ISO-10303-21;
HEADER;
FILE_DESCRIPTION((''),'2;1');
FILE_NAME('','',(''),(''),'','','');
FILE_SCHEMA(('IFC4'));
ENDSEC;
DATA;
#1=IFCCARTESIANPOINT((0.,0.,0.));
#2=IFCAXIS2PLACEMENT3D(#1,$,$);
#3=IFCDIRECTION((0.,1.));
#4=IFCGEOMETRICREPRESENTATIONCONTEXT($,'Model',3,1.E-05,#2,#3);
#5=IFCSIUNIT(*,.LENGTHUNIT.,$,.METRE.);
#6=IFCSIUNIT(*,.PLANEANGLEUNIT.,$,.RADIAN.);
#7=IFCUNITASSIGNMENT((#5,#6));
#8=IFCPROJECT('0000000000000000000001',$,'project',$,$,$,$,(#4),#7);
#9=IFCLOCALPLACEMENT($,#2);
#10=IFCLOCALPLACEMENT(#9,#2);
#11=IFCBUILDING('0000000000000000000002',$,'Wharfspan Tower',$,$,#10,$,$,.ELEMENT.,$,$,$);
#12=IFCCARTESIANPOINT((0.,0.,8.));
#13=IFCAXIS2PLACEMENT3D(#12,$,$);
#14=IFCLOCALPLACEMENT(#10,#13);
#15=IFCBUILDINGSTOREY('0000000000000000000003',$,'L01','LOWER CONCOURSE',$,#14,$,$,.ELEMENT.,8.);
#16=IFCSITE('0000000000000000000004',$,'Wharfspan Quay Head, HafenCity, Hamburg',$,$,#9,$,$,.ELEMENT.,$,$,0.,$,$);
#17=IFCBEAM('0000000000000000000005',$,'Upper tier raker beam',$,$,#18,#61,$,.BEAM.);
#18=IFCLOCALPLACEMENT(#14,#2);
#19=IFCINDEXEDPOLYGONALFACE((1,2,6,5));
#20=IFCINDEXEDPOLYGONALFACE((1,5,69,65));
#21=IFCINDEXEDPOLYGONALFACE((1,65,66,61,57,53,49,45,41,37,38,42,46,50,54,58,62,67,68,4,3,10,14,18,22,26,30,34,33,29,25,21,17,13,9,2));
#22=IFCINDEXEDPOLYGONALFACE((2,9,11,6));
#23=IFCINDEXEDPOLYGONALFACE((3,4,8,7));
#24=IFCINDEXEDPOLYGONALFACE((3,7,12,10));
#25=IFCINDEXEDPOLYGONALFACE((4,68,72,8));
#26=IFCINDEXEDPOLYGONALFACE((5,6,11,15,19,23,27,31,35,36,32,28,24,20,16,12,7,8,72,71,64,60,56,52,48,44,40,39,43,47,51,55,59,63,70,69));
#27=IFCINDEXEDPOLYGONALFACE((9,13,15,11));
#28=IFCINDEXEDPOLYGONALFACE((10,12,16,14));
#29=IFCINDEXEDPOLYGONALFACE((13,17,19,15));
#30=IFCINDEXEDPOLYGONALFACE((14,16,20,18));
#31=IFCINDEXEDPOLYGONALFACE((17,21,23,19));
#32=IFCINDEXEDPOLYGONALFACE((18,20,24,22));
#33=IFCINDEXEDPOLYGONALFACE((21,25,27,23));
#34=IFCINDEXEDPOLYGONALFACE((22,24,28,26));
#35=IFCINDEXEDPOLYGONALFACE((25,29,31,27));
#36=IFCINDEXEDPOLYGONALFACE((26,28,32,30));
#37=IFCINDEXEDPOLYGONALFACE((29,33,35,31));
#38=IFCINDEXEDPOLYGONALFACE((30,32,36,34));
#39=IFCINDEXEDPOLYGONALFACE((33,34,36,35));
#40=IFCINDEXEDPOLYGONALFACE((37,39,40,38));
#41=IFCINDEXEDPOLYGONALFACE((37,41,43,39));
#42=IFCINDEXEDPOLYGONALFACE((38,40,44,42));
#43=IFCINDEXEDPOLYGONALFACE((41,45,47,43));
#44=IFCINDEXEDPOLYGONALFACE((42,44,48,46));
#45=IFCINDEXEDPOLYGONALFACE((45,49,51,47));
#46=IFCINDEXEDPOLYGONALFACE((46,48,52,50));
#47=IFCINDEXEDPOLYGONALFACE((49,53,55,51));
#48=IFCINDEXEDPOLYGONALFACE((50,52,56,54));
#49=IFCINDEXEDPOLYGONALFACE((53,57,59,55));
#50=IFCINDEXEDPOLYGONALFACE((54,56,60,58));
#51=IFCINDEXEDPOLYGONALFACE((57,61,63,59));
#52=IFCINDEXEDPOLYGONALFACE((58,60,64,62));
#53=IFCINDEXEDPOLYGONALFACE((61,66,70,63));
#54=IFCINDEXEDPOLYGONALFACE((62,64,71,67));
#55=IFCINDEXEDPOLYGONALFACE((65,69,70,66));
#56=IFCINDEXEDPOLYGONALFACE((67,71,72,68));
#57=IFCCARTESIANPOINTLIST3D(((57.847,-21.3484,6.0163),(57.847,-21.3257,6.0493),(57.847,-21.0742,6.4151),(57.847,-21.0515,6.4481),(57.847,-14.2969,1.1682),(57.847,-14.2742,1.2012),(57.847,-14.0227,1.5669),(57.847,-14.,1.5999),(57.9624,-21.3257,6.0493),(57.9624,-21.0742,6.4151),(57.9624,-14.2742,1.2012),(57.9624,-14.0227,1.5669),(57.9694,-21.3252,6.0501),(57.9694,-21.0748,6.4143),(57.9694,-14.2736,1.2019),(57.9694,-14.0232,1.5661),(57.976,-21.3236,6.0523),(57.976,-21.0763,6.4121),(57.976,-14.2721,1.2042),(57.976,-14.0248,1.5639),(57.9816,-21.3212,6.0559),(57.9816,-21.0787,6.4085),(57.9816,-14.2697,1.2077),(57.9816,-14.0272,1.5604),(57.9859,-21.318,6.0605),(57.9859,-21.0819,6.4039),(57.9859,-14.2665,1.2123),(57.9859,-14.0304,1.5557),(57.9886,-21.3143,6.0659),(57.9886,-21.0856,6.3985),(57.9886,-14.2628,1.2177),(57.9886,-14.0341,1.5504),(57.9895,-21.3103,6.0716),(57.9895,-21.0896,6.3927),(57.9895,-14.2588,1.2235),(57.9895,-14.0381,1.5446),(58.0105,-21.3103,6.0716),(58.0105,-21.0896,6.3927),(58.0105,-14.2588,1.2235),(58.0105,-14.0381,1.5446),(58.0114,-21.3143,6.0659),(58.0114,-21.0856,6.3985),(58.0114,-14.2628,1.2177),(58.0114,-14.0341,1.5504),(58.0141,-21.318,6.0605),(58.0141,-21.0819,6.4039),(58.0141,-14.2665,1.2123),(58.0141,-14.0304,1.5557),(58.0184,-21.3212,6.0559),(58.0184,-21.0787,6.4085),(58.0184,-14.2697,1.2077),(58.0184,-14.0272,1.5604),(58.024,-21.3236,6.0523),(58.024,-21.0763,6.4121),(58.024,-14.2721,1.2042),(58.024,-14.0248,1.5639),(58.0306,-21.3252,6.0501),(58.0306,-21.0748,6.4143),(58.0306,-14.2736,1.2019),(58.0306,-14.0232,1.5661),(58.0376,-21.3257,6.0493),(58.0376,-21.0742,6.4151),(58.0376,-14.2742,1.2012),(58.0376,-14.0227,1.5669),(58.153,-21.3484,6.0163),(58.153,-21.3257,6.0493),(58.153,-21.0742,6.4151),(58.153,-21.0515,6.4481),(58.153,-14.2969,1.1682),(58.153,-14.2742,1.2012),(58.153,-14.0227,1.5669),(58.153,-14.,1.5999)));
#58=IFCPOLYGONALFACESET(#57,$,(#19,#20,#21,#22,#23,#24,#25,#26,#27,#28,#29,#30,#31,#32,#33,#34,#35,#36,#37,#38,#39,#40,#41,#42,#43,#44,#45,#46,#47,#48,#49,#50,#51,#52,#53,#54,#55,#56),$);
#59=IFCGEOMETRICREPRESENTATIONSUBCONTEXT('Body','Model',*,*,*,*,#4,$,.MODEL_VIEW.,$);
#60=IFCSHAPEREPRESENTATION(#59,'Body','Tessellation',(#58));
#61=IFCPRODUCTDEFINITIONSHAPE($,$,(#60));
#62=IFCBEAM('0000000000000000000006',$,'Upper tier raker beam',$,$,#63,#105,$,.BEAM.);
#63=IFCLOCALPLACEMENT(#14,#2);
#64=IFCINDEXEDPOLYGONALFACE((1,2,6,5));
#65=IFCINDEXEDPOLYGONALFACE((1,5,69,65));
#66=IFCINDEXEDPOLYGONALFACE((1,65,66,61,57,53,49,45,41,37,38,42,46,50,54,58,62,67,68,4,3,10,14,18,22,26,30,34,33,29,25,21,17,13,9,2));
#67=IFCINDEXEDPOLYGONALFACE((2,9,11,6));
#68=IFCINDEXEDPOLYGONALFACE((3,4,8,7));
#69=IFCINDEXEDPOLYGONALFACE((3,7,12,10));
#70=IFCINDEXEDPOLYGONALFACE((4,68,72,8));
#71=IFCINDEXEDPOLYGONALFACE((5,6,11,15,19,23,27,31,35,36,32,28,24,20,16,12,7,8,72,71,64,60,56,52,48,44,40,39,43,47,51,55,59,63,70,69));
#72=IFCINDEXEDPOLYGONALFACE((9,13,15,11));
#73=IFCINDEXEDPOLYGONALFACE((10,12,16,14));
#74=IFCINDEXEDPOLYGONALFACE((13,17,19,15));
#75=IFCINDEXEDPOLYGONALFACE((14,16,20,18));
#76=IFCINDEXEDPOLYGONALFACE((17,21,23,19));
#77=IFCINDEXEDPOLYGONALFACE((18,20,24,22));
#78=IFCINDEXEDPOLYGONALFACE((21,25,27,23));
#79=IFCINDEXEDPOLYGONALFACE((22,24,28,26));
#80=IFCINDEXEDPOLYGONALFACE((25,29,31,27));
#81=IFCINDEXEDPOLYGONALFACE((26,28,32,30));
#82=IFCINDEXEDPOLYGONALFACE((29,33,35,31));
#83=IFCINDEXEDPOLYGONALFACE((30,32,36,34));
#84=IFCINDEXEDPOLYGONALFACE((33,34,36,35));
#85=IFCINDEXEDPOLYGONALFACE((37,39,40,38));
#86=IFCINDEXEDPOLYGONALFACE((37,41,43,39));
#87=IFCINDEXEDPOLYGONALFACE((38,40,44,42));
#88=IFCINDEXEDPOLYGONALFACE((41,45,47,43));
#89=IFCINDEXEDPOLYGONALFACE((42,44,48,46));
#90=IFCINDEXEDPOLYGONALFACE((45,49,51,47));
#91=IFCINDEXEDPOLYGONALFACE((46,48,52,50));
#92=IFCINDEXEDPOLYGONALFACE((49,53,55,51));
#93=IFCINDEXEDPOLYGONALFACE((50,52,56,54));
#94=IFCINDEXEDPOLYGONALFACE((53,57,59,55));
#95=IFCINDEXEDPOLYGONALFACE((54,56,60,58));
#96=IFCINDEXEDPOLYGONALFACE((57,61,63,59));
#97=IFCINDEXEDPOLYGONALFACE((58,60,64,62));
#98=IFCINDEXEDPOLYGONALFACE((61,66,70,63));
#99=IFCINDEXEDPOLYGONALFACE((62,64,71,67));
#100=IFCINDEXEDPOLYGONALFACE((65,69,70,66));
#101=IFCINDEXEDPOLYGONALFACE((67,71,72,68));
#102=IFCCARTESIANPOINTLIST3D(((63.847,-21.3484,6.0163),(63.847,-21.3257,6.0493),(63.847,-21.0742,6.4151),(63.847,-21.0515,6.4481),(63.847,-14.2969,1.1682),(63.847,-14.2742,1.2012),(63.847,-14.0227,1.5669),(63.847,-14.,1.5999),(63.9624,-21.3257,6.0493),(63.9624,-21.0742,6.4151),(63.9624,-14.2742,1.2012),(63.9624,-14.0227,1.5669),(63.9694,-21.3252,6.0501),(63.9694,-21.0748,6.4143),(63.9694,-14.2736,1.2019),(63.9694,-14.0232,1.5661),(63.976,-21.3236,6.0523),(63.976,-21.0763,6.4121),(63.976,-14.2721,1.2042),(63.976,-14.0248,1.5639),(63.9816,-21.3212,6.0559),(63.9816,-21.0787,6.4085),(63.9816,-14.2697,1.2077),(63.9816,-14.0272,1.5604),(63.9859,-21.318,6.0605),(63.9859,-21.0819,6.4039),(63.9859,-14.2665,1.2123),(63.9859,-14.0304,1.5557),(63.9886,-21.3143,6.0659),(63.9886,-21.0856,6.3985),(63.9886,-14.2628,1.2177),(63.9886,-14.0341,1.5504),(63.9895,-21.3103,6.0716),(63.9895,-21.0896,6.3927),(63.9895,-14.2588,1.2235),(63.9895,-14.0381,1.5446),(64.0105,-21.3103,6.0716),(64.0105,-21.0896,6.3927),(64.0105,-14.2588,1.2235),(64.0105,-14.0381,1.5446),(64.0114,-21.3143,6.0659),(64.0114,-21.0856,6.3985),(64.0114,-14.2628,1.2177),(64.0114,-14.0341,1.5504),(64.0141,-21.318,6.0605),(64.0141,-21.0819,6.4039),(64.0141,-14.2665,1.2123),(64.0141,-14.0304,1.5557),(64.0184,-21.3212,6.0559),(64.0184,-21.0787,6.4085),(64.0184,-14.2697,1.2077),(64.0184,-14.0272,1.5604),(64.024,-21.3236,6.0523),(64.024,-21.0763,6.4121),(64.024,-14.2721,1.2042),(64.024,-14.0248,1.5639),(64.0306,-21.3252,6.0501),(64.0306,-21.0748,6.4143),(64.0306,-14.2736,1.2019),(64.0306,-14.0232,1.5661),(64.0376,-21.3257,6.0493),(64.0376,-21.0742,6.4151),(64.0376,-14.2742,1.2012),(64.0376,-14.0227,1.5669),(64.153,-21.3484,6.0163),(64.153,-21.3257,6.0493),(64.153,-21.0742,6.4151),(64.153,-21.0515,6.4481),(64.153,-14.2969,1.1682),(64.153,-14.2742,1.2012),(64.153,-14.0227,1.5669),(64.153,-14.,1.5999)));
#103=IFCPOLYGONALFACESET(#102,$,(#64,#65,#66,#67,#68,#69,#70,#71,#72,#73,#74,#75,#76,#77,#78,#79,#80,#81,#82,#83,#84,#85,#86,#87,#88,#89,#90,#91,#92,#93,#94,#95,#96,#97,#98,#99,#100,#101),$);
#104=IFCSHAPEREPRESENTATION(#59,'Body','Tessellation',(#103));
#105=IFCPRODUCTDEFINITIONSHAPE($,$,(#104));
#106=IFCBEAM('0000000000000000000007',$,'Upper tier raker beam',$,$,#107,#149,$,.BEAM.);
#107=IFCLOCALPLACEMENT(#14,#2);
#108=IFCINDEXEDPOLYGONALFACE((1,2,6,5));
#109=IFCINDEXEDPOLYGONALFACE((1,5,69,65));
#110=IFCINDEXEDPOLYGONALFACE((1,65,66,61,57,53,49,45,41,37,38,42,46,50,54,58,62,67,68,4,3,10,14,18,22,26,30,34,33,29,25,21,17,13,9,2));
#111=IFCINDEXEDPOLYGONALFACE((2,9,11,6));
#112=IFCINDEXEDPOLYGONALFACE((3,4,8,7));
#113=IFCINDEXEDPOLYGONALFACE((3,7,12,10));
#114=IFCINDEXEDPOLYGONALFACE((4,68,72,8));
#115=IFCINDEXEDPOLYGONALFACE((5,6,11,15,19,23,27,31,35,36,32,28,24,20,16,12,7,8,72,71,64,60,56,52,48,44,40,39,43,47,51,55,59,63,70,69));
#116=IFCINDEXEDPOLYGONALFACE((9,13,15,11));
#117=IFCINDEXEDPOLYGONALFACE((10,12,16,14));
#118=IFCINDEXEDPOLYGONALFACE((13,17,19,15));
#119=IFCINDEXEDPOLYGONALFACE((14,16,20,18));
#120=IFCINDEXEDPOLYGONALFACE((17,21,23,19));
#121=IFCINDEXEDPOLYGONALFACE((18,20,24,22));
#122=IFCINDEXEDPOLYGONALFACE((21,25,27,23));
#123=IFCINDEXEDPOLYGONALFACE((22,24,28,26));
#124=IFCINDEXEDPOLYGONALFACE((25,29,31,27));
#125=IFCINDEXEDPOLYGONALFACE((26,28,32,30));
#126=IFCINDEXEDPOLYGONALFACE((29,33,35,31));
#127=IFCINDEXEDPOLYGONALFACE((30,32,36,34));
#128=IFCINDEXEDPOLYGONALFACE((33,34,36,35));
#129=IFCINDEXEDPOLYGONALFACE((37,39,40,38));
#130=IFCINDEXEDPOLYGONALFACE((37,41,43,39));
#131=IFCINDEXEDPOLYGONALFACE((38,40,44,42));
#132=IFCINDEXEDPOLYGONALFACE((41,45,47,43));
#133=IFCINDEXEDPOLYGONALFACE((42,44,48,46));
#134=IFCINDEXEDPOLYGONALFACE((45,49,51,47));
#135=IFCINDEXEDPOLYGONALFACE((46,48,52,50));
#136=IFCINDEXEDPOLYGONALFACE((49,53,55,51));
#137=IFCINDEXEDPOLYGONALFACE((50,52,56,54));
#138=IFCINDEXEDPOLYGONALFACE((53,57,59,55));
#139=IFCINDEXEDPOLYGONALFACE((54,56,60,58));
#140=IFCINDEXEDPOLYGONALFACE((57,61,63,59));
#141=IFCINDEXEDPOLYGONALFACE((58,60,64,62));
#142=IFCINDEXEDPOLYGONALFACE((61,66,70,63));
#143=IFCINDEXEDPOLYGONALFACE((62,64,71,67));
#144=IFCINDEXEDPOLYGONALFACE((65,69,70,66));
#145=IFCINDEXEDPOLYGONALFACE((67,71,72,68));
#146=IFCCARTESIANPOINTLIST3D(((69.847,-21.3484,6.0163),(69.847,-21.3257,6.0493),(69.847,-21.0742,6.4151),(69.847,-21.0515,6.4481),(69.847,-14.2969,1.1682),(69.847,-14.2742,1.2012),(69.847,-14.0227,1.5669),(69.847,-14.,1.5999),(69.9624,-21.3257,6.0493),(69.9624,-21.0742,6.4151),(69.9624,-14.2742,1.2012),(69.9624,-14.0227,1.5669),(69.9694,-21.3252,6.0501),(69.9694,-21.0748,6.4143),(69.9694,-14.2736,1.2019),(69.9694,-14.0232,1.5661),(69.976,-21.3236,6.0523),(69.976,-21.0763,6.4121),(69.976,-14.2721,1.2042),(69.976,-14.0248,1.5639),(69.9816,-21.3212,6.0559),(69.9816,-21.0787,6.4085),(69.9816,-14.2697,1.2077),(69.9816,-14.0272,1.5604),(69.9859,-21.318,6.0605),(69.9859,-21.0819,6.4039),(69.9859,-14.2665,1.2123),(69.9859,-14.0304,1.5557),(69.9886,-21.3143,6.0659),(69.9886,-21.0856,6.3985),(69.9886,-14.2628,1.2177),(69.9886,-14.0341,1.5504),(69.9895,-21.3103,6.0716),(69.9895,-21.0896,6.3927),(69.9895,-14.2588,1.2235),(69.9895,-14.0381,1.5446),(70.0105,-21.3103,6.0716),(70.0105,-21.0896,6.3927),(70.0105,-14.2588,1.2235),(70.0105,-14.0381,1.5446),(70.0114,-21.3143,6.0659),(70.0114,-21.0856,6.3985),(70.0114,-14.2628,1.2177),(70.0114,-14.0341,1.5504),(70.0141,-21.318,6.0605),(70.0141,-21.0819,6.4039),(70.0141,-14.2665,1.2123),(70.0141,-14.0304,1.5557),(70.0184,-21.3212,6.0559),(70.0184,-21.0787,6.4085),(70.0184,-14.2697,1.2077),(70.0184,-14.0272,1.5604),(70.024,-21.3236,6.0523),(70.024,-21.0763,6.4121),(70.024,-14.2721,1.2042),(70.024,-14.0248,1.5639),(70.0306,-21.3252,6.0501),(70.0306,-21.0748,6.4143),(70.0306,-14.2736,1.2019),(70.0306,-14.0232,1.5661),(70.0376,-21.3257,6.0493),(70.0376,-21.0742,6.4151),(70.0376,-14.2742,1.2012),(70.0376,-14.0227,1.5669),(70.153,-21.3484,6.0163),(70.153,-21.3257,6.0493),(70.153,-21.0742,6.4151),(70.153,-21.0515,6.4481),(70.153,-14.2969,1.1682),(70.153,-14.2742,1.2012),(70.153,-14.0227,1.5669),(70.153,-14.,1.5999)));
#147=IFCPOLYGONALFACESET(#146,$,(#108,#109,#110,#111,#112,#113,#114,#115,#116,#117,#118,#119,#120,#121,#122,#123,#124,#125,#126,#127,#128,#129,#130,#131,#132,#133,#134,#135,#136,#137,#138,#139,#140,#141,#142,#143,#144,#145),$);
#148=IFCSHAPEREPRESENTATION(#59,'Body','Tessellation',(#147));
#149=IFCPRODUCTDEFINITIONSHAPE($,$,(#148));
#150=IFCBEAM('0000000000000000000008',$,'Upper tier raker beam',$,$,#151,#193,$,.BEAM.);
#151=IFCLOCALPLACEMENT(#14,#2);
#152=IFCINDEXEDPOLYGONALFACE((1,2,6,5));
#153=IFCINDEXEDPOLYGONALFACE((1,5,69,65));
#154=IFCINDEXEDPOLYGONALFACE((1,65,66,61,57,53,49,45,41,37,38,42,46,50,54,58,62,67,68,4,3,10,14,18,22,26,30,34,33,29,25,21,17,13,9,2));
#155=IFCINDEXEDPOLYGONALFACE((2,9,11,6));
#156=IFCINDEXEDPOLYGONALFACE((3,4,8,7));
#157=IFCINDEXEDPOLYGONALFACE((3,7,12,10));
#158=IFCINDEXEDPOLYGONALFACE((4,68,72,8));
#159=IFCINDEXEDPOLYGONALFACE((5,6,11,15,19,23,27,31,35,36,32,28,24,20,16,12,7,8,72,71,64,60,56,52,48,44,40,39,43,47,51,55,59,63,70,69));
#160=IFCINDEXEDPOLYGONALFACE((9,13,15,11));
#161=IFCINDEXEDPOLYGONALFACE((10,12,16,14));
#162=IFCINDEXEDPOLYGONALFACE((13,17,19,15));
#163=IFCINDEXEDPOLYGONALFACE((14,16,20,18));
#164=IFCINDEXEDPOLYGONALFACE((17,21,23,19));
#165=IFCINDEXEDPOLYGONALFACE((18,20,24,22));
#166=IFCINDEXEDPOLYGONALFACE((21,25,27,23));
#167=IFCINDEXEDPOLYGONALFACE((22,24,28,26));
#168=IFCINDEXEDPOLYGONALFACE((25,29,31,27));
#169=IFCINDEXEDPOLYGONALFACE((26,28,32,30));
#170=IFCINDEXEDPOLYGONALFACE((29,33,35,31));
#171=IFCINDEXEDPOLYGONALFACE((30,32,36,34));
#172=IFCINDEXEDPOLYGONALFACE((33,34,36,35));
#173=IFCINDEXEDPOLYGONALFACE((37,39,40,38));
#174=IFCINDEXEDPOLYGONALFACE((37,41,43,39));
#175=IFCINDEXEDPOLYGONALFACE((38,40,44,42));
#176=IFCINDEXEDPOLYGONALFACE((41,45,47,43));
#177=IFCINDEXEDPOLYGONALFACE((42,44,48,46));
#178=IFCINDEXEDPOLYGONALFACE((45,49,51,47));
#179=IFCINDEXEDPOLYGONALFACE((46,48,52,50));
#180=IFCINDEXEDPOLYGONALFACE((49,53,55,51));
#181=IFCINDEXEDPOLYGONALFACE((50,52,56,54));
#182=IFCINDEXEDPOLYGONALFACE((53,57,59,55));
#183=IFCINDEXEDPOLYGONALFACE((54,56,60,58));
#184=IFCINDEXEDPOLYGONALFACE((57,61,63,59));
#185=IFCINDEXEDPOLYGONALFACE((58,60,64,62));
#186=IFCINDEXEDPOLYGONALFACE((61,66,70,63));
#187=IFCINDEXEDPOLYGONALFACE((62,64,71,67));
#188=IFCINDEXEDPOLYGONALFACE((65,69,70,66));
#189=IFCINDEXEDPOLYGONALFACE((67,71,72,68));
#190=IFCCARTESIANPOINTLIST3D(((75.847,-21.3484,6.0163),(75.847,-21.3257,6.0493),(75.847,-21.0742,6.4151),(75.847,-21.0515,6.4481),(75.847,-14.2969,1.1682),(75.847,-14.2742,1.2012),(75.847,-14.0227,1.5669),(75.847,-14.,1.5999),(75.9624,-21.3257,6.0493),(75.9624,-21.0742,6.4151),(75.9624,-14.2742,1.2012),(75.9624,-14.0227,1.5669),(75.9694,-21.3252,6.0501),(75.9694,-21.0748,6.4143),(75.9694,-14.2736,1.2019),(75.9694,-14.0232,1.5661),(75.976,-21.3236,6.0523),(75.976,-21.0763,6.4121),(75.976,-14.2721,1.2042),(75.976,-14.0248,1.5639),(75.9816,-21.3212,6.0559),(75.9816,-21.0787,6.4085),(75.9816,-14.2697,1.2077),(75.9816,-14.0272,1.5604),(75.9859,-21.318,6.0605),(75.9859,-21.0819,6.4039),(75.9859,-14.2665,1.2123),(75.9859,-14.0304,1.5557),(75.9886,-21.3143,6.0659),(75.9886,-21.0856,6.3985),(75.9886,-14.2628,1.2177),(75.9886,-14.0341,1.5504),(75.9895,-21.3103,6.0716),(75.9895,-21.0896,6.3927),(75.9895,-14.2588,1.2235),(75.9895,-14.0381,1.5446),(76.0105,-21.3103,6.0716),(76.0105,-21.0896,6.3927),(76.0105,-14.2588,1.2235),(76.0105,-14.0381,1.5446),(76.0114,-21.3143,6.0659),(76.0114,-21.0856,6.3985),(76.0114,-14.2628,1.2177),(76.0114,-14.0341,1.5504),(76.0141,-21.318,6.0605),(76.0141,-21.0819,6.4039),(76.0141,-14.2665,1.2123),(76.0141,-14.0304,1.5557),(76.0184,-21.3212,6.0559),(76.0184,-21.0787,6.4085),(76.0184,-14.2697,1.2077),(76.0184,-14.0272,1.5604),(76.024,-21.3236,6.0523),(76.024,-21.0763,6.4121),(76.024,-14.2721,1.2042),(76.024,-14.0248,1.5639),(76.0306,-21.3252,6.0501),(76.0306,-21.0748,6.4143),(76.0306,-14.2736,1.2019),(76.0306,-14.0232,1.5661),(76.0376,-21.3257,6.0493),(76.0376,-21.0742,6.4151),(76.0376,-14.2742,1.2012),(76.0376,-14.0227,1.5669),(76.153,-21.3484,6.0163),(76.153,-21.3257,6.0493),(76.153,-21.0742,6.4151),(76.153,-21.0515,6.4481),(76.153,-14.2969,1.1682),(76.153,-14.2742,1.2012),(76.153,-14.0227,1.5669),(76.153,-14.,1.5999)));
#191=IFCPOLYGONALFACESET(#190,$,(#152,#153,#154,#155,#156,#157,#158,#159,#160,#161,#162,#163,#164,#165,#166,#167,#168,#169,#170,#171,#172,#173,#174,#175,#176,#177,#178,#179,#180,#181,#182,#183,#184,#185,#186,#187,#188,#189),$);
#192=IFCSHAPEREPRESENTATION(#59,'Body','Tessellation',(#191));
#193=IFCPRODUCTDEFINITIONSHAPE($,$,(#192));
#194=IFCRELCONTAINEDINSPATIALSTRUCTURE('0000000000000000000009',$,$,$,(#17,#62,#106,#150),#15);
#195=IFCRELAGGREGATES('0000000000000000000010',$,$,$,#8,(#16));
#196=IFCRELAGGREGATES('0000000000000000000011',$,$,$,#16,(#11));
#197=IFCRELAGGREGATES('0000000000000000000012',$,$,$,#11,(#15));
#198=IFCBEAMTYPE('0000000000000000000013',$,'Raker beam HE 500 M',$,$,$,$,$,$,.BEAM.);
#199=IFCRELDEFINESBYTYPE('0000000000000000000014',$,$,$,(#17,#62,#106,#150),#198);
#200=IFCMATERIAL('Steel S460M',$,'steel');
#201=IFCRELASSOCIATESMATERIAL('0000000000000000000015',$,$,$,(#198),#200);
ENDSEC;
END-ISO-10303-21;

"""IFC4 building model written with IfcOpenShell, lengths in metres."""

from ifc_helpers import new_model, si_unit, direction, frame, origin, origin_2d, place, context, subcontext, project, spatial, i_section, extrude, material, material_profile, profile_set, type_object, element, save


model = new_model("IFC4")

# Units and contexts
model_context = context("Model", 3, precision=1e-05, world=origin(), true_north=direction((0.0, 1.0)))
body_context = subcontext(model_context, "Body", "Model", "MODEL_VIEW")
ifc_project = project(units=[si_unit("LENGTHUNIT", "METRE"), si_unit("PLANEANGLEUNIT", "RADIAN")], contexts=[model_context])

# Site, building, storey
site_placement = place(None, origin())
site = spatial("IfcSite", under=ifc_project, at=site_placement, Name="Wharfspan Quay Head, HafenCity, Hamburg", CompositionType="ELEMENT", RefElevation=0.0)
building_placement = place(site_placement, origin())
building = spatial("IfcBuilding", under=site, at=building_placement, Name="Wharfspan Tower", CompositionType="ELEMENT")
storey_placement = place(building_placement, frame((0.0, 0.0, 8.0)))
storey = spatial("IfcBuildingStorey", under=building, at=storey_placement, Name="L01", Description="LOWER CONCOURSE", CompositionType="ELEMENT", Elevation=8.0)

# Beams
ifc_material_1 = material(Name="Steel S460M", Category="steel")
ifc_material_profile_1 = material_profile(ifc_material_1, i_section(OverallWidth=0.3059, OverallDepth=0.5239, WebThickness=0.021, FlangeThickness=0.04, FilletRadius=0.0271, at=origin_2d()))
ifc_profile_set_1 = profile_set([ifc_material_profile_1], Name="Steel S460M")
beam_type_1 = type_object("IfcBeamType", Name="Raker beam HE 500 M", PredefinedType="BEAM", material=ifc_profile_set_1)
for number, where, z_axis, x_axis, name in (
    (1, (58.0, -14.1484, 1.384), (0.0, -0.824029, 0.566547), (1.0, 0.0, 0.0), "Upper tier raker beam"),
    (2, (64.0, -14.1484, 1.384), (0.0, -0.824029, 0.566547), (1.0, 0.0, 0.0), "Upper tier raker beam"),
    (3, (70.0, -14.1484, 1.384), (0.0, -0.824029, 0.566547), (1.0, 0.0, 0.0), "Upper tier raker beam"),
    (4, (76.0, -14.1484, 1.384), (0.0, -0.824029, 0.566547), (1.0, 0.0, 0.0), "Upper tier raker beam"),
):
    element("IfcBeam", number, at=place(storey_placement, frame(where, z_axis=z_axis, x_axis=x_axis)), inside=storey, type_object=beam_type_1, Name=name, PredefinedType="BEAM", context=body_context, shape_type="SweptSolid", body=[
        extrude(i_section(OverallWidth=0.3059, OverallDepth=0.5239, WebThickness=0.021, FlangeThickness=0.04, FilletRadius=0.0271, at=origin_2d()), origin(), (0.0, 0.0, 1.0), 8.5574),
    ])

save(model, "model.ifc")
